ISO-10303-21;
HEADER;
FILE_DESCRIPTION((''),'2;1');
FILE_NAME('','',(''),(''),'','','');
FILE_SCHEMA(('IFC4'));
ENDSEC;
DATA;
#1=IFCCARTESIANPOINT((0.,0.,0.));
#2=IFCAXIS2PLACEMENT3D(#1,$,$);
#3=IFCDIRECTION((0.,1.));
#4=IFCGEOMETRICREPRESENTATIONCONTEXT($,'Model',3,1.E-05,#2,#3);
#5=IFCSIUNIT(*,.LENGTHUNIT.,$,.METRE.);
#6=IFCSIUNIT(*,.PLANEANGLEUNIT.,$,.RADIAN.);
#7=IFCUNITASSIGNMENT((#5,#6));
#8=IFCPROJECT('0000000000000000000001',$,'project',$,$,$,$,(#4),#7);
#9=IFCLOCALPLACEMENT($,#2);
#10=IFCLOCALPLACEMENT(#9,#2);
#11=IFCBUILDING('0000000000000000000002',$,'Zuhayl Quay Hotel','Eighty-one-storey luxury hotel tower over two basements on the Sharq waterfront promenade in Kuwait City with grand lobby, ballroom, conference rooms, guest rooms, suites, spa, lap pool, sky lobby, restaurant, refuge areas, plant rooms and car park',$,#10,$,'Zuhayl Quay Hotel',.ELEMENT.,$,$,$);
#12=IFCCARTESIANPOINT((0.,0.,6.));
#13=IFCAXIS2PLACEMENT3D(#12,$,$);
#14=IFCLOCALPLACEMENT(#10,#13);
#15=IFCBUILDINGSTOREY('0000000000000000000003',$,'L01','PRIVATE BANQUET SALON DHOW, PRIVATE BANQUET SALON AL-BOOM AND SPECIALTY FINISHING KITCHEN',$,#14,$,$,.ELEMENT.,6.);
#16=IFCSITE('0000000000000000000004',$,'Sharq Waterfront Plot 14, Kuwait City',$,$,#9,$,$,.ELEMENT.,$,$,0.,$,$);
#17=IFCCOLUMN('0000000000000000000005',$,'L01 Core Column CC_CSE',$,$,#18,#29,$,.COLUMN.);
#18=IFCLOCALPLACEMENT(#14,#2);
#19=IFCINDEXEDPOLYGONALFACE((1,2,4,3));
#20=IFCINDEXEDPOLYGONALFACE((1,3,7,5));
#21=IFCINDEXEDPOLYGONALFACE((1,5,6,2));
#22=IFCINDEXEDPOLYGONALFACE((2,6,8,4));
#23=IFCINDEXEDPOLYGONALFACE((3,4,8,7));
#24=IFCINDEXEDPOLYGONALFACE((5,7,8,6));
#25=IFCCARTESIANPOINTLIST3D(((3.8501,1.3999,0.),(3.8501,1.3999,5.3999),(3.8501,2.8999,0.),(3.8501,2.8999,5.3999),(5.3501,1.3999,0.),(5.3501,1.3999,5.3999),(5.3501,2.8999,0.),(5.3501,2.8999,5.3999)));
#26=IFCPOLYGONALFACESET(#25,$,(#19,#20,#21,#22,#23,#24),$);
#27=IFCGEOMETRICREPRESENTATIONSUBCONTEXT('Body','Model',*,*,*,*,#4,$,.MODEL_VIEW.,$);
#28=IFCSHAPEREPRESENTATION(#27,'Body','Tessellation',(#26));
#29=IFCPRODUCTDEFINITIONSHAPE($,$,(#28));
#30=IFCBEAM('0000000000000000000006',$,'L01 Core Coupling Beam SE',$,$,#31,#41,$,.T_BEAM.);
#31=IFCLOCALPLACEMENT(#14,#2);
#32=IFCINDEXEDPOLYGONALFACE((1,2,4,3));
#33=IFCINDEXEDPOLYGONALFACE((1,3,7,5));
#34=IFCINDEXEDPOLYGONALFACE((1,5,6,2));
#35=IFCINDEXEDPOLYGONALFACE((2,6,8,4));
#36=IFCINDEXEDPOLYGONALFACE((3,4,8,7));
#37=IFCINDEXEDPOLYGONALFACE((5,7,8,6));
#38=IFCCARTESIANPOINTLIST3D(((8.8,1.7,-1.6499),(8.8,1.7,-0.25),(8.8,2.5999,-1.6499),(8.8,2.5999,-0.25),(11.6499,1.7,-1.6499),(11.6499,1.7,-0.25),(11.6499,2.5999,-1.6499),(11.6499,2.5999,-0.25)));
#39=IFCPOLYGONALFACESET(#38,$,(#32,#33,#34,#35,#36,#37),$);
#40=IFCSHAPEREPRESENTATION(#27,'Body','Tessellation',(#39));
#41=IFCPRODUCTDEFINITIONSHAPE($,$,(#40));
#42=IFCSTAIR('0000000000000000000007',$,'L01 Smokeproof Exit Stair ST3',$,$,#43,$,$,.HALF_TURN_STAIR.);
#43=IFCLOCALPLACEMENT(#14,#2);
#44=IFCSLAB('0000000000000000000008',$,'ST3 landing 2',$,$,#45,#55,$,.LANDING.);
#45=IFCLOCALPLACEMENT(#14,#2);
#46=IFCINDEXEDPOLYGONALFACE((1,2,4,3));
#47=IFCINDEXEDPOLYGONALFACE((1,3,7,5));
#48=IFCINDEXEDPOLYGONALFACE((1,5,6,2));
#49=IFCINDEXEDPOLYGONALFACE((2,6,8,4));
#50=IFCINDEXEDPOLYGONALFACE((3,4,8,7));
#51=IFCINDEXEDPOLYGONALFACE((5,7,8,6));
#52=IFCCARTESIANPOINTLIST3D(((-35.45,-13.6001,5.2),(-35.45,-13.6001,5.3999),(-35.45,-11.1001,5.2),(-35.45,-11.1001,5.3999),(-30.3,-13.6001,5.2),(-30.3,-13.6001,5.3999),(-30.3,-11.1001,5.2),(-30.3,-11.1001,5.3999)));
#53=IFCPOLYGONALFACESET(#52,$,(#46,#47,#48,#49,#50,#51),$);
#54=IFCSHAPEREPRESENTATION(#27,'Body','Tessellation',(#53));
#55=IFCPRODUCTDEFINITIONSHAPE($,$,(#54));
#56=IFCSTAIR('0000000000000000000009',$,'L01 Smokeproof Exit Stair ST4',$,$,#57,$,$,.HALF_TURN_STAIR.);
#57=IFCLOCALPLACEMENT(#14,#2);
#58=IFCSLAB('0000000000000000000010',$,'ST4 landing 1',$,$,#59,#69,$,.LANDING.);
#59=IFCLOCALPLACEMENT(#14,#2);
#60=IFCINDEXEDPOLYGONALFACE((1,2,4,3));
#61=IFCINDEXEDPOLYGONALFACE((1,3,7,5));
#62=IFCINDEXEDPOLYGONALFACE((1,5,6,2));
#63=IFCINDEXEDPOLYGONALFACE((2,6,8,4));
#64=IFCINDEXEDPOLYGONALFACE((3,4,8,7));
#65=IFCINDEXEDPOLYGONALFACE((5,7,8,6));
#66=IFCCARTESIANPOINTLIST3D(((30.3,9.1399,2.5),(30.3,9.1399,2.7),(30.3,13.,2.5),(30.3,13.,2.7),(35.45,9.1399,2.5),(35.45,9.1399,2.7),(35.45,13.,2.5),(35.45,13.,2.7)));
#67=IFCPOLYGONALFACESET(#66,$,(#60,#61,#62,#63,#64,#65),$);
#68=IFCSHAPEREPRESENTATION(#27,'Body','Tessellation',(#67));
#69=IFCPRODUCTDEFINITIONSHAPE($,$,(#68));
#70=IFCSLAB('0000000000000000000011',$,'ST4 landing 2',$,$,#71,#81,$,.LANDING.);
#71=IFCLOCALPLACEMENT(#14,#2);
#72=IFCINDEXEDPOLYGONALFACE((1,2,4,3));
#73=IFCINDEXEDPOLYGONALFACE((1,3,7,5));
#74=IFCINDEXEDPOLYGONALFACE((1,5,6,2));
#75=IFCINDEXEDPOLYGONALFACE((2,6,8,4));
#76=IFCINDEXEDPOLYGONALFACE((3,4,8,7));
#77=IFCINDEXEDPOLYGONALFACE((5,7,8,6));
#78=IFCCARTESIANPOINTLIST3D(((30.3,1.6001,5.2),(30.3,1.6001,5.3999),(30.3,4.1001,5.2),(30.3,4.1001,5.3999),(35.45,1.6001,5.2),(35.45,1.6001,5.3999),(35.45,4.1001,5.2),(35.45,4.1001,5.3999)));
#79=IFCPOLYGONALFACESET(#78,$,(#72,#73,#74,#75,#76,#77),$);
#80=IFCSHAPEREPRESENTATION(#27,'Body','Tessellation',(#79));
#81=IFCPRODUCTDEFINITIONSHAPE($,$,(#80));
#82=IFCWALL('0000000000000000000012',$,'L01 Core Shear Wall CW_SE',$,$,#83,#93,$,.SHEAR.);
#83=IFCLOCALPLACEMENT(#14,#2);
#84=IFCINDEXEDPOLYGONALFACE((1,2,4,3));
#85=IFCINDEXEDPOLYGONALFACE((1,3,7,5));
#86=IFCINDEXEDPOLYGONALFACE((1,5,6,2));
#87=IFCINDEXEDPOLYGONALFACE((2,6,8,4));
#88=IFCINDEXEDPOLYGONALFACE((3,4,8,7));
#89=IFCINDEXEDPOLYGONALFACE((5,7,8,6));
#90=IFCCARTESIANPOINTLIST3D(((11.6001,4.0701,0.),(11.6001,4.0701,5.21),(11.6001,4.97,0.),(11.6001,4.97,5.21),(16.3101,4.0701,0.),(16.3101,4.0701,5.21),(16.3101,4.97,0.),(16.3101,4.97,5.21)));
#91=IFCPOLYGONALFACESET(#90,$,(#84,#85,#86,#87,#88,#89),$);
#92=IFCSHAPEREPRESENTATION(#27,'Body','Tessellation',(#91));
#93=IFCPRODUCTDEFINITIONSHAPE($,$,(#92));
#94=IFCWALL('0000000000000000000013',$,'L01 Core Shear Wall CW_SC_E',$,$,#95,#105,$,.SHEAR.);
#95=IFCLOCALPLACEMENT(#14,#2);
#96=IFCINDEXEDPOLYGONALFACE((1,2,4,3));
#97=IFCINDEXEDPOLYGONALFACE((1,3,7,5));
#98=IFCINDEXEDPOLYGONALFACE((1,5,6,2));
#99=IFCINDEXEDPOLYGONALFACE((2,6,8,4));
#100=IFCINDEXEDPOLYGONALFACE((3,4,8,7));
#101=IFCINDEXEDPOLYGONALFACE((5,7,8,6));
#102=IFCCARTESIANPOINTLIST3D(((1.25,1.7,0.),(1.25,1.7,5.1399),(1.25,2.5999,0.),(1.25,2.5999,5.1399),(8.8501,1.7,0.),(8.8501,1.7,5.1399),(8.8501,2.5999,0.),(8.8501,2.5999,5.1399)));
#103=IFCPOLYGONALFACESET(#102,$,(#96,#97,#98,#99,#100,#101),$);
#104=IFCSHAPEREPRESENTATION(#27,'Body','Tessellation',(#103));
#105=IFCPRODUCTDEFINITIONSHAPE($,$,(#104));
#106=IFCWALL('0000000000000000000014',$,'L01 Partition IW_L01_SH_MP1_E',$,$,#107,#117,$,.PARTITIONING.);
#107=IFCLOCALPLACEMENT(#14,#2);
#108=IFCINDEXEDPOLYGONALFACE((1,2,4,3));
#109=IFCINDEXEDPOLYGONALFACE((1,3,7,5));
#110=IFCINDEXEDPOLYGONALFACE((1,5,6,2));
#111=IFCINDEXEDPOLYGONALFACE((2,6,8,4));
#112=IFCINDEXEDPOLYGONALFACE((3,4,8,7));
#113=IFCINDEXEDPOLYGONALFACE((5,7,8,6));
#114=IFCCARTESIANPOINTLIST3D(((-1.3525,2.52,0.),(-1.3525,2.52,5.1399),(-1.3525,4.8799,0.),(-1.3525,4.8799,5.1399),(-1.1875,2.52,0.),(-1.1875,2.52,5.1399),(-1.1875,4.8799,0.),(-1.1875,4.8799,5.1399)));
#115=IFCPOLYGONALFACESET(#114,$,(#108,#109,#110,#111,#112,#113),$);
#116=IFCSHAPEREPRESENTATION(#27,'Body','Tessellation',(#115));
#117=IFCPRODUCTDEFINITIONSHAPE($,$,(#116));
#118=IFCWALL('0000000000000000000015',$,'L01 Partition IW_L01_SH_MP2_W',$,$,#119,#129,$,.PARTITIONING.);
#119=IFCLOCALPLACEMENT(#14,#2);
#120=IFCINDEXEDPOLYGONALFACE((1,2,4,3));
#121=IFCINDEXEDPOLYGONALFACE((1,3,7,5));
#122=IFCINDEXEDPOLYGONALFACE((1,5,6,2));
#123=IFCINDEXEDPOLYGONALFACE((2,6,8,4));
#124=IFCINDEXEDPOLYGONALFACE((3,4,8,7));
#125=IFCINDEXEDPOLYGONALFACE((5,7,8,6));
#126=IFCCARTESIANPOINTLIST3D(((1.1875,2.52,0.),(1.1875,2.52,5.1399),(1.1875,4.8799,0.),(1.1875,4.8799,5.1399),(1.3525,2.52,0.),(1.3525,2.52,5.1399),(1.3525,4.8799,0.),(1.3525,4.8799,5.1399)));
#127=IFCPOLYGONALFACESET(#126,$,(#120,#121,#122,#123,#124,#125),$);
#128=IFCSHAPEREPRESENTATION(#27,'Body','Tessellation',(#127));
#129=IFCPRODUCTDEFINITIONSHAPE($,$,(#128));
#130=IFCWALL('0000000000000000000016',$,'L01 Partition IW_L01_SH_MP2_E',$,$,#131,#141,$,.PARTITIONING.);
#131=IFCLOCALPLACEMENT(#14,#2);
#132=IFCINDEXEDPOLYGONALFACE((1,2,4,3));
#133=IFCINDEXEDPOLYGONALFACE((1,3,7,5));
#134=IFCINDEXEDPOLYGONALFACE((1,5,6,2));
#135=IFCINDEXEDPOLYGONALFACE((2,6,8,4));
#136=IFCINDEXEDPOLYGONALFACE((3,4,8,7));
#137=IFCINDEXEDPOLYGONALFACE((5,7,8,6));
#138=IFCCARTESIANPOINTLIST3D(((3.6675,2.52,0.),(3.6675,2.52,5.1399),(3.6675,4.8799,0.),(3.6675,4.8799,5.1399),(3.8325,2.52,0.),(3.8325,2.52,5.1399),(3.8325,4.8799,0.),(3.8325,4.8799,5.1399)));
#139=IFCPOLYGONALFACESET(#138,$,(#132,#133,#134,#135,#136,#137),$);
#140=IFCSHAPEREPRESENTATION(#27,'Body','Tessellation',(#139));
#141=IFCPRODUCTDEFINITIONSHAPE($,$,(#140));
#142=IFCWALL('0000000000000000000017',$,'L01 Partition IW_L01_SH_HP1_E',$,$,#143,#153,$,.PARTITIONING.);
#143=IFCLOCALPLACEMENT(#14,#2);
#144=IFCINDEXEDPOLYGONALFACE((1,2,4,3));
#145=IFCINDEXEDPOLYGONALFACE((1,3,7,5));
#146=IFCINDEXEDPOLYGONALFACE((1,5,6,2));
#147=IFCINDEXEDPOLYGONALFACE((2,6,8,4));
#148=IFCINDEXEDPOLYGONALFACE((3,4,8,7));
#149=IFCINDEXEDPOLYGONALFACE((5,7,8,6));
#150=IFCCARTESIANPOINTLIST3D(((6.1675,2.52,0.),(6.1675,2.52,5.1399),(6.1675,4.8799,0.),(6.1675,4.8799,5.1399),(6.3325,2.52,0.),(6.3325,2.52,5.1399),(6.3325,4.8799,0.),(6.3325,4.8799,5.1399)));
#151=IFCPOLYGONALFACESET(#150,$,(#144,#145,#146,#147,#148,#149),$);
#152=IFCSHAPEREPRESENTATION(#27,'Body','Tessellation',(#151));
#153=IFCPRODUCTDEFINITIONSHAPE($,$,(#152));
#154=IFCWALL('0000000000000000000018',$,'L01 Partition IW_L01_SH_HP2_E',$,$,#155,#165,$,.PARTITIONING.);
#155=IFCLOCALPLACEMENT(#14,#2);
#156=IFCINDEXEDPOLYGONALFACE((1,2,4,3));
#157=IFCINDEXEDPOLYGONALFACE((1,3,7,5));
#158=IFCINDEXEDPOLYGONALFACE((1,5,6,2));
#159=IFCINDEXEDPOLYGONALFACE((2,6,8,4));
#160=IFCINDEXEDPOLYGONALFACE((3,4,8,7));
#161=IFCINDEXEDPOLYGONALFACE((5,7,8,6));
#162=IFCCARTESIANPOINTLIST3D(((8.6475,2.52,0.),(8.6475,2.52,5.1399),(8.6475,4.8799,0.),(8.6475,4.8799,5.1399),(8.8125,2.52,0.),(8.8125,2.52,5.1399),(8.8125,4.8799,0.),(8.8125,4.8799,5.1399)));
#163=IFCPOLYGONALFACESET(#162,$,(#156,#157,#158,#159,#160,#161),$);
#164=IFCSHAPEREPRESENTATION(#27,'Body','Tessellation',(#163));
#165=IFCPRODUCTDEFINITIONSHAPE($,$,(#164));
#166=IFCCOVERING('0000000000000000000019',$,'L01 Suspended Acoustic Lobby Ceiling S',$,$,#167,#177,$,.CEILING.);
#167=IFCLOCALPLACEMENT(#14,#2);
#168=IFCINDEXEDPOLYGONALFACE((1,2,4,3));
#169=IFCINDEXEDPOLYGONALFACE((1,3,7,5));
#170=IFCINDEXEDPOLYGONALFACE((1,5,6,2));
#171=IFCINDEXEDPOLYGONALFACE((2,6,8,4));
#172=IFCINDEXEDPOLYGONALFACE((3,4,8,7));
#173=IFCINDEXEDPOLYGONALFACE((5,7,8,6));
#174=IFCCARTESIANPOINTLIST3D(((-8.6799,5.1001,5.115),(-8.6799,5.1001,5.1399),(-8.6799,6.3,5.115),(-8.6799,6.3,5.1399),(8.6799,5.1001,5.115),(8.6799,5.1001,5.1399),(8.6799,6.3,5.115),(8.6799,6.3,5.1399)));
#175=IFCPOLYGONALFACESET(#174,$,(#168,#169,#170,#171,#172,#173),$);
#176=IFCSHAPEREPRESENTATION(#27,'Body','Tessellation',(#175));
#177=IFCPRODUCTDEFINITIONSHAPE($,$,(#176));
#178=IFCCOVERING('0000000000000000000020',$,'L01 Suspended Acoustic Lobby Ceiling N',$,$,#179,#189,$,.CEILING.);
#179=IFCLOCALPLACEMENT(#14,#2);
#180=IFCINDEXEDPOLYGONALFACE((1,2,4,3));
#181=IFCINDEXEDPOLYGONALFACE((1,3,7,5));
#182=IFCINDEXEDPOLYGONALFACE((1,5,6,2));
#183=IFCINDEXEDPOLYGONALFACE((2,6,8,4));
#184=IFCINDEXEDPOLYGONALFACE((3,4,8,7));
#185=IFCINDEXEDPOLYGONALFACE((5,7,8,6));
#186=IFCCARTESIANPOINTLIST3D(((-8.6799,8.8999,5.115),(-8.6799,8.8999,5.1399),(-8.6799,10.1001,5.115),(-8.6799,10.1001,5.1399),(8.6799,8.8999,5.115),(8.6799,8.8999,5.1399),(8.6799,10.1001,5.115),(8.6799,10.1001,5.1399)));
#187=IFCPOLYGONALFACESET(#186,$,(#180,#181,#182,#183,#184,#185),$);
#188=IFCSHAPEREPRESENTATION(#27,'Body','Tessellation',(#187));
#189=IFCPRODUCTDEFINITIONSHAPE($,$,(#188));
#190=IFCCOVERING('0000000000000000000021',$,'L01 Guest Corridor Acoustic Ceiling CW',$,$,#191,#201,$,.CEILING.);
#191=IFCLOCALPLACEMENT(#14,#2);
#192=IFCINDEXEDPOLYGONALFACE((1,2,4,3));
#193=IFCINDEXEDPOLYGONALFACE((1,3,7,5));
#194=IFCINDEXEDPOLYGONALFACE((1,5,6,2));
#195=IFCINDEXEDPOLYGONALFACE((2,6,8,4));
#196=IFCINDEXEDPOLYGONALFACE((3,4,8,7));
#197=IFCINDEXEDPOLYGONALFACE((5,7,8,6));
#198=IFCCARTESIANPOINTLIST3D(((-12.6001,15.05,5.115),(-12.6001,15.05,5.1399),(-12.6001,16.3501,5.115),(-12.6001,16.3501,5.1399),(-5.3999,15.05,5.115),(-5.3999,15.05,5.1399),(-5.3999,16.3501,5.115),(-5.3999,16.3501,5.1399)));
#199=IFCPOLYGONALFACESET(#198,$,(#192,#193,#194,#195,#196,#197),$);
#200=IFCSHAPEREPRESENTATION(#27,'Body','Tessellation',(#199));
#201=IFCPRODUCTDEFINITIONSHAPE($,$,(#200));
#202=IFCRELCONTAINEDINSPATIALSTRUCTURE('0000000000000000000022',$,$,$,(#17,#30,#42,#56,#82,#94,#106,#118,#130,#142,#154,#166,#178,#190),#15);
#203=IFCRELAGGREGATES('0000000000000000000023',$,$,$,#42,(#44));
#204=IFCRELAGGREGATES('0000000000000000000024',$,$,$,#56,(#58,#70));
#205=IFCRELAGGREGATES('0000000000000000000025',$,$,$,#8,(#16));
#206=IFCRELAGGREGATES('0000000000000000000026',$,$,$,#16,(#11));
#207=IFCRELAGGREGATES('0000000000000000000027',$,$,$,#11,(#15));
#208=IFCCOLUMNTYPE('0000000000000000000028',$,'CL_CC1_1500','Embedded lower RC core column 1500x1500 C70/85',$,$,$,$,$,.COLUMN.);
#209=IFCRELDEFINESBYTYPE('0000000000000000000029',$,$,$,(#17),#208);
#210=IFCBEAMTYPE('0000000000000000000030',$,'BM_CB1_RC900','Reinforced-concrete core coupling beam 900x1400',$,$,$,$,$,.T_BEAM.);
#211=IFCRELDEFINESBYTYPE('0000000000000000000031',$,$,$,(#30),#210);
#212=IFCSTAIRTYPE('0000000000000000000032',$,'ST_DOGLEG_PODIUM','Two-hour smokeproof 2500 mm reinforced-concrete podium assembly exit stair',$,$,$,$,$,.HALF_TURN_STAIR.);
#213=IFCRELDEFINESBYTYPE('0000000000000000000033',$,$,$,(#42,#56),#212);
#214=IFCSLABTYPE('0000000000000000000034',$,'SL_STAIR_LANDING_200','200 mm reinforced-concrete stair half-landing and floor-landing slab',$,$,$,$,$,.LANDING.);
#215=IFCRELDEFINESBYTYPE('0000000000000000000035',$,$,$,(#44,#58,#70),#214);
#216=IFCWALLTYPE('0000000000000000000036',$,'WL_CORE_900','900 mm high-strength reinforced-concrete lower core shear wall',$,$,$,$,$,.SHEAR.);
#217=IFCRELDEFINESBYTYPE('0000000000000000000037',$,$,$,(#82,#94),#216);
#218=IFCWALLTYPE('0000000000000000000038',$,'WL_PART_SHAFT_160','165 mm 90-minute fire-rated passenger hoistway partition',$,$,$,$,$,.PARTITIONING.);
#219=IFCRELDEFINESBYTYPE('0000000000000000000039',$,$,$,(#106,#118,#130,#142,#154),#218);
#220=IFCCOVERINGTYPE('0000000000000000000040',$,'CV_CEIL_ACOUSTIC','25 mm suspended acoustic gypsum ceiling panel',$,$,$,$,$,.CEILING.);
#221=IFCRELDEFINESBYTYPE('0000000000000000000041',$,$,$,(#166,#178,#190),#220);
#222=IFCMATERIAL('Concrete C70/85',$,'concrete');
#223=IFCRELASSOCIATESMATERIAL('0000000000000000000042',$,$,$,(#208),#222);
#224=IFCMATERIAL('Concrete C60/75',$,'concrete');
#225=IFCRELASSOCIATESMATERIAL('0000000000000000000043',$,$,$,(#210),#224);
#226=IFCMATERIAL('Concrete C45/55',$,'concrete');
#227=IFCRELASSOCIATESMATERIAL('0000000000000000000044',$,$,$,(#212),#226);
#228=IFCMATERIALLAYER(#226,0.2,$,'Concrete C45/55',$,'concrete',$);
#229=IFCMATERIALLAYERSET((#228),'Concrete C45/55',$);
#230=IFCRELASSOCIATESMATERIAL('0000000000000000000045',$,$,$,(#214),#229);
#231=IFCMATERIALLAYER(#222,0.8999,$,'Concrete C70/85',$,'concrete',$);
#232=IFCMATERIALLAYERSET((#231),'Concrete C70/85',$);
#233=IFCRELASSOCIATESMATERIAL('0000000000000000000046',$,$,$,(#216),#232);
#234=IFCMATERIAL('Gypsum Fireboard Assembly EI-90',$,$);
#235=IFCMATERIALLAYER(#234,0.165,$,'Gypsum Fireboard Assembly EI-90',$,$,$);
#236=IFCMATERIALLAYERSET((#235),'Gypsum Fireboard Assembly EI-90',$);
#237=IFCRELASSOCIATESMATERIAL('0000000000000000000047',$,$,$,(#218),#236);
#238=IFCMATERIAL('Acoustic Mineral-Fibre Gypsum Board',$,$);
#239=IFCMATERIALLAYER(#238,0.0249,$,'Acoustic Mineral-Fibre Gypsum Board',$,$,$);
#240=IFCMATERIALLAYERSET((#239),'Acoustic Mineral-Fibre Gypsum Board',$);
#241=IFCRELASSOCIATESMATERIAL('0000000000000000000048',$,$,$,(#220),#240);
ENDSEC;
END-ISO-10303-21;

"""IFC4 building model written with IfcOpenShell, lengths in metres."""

from ifc_helpers import new_model, si_unit, direction, frame, frame_2d, origin, origin_2d, place, context, subcontext, project, spatial, polyline, rectangle, outline, extrude, material, layer, layer_set, material_profile, profile_set, type_object, element, aggregate, save


model = new_model("IFC4")

# Units and contexts
model_context = context("Model", 3, precision=1e-05, world=origin(), true_north=direction((0.0, 1.0)))
body_context = subcontext(model_context, "Body", "Model", "MODEL_VIEW")
ifc_project = project(units=[si_unit("LENGTHUNIT", "METRE"), si_unit("PLANEANGLEUNIT", "RADIAN")], contexts=[model_context])

# Site, building, storey
site_placement = place(None, origin())
site = spatial("IfcSite", under=ifc_project, at=site_placement, Name="Sharq Waterfront Plot 14, Kuwait City", CompositionType="ELEMENT", RefElevation=0.0)
building_placement = place(site_placement, origin())
building = spatial("IfcBuilding", under=site, at=building_placement, Name="Zuhayl Quay Hotel", Description="Eighty-one-storey luxury hotel tower over two basements on the Sharq waterfront promenade in Kuwait City with grand lobby, ballroom, conference rooms, guest rooms, suites, spa, lap pool, sky lobby, restaurant, refuge areas, plant rooms and car park", LongName="Zuhayl Quay Hotel", CompositionType="ELEMENT")
storey_placement = place(building_placement, frame((0.0, 0.0, 6.0)))
storey = spatial("IfcBuildingStorey", under=building, at=storey_placement, Name="L01", Description="PRIVATE BANQUET SALON DHOW, PRIVATE BANQUET SALON AL-BOOM AND SPECIALTY FINISHING KITCHEN", CompositionType="ELEMENT", Elevation=6.0)

# Column
ifc_material_1 = material(Name="Concrete C70/85", Category="concrete")
ifc_material_profile_1 = material_profile(ifc_material_1, rectangle(XDim=1.5, YDim=1.5, at=origin_2d()), Name="RC1500X1500")
ifc_profile_set_1 = profile_set([ifc_material_profile_1], Name="Concrete C70/85")
column_type = type_object("IfcColumnType", Name="CL_CC1_1500", Description="Embedded lower RC core column 1500x1500 C70/85", PredefinedType="COLUMN", material=ifc_profile_set_1)
column_placement = place(storey_placement, frame((4.6001, 2.1499, 0.0), z_axis=(0.0, 0.0, 1.0), x_axis=(1.0, 0.0, 0.0)))
element("IfcColumn", 1, at=column_placement, inside=storey, type_object=column_type, Name="L01 Core Column CC_CSE", PredefinedType="COLUMN", context=body_context, shape_type="SweptSolid", body=[
    extrude(rectangle(XDim=1.5, YDim=1.5, at=origin_2d()), origin(), (0.0, 0.0, 1.0), 5.3999),
])

# Beam
ifc_material_2 = material(Name="Concrete C60/75", Category="concrete")
ifc_material_profile_2 = material_profile(ifc_material_2, rectangle(XDim=0.8999, YDim=1.3999, at=origin_2d()), Name="RC900X1400")
ifc_profile_set_2 = profile_set([ifc_material_profile_2], Name="Concrete C60/75")
beam_type = type_object("IfcBeamType", Name="BM_CB1_RC900", Description="Reinforced-concrete core coupling beam 900x1400", PredefinedType="T_BEAM", material=ifc_profile_set_2)
beam_placement = place(storey_placement, frame((8.8, 2.1499, -0.95), z_axis=(1.0, 0.0, 0.0), x_axis=(0.0, 1.0, 0.0)))
element("IfcBeam", 2, at=beam_placement, inside=storey, type_object=beam_type, Name="L01 Core Coupling Beam SE", PredefinedType="T_BEAM", context=body_context, shape_type="SweptSolid", body=[
    extrude(rectangle(XDim=0.8999, YDim=1.3999, at=origin_2d()), origin(), (0.0, 0.0, 1.0), 2.8499),
])

# Stair, slab
ifc_material_3 = material(Name="Concrete C45/55", Category="concrete")
stair_type = type_object("IfcStairType", Name="ST_DOGLEG_PODIUM", Description="Two-hour smokeproof 2500 mm reinforced-concrete podium assembly exit stair", PredefinedType="HALF_TURN_STAIR", material=ifc_material_3)
stair_1_placement = place(storey_placement, origin())
stair_1 = element("IfcStair", 3, at=stair_1_placement, inside=storey, type_object=stair_type, Name="L01 Smokeproof Exit Stair ST3", PredefinedType="HALF_TURN_STAIR")
ifc_layer_1 = layer(ifc_material_3, 0.2, Name="Concrete C45/55", Category="concrete")
ifc_layer_set_1 = layer_set([ifc_layer_1], Name="Concrete C45/55")
slab_type = type_object("IfcSlabType", Name="SL_STAIR_LANDING_200", Description="200 mm reinforced-concrete stair half-landing and floor-landing slab", PredefinedType="LANDING", material=ifc_layer_set_1)
slab_1_placement = place(storey_placement, frame((0.0, 0.0, 5.2)))
slab_1 = element("IfcSlab", 4, at=slab_1_placement, type_object=slab_type, Name="ST3 landing 2", PredefinedType="LANDING", context=body_context, shape_type="SweptSolid", body=[
    extrude(outline(polyline([(-30.3, -13.6001), (-30.3, -11.1001), (-35.45, -11.1001), (-35.45, -13.6001), (-30.3, -13.6001)])), origin(), (0.0, 0.0, 1.0), 0.2),
])
aggregate(stair_1, [slab_1])

# Stair, slabs
stair_2_placement = place(storey_placement, origin())
stair_2 = element("IfcStair", 5, at=stair_2_placement, inside=storey, type_object=stair_type, Name="L01 Smokeproof Exit Stair ST4", PredefinedType="HALF_TURN_STAIR")
slab_2_placement = place(storey_placement, frame((0.0, 0.0, 2.5)))
slab_2 = element("IfcSlab", 6, at=slab_2_placement, type_object=slab_type, Name="ST4 landing 1", PredefinedType="LANDING", context=body_context, shape_type="SweptSolid", body=[
    extrude(outline(polyline([(35.45, 9.1399), (35.45, 13.0), (30.3, 13.0), (30.3, 9.1399), (35.45, 9.1399)])), origin(), (0.0, 0.0, 1.0), 0.2),
])
slab_3_placement = place(storey_placement, frame((0.0, 0.0, 5.2)))
slab_3 = element("IfcSlab", 7, at=slab_3_placement, type_object=slab_type, Name="ST4 landing 2", PredefinedType="LANDING", context=body_context, shape_type="SweptSolid", body=[
    extrude(outline(polyline([(35.45, 1.6001), (35.45, 4.1001), (30.3, 4.1001), (30.3, 1.6001), (35.45, 1.6001)])), origin(), (0.0, 0.0, 1.0), 0.2),
])
aggregate(stair_2, [slab_2, slab_3])

# Walls
ifc_layer_2 = layer(ifc_material_1, 0.8999, Name="Concrete C70/85", Category="concrete")
ifc_layer_set_2 = layer_set([ifc_layer_2], Name="Concrete C70/85")
wall_type_1 = type_object("IfcWallType", Name="WL_CORE_900", Description="900 mm high-strength reinforced-concrete lower core shear wall", PredefinedType="SHEAR", material=ifc_layer_set_2)
wall_1_placement = place(storey_placement, frame((11.6001, 4.52, 0.0), z_axis=(0.0, 0.0, 1.0), x_axis=(1.0, 0.0, 0.0)))
element("IfcWall", 8, at=wall_1_placement, inside=storey, type_object=wall_type_1, Name="L01 Core Shear Wall CW_SE", PredefinedType="SHEAR", context=body_context, shape_type="SweptSolid", body=[
    extrude(rectangle(XDim=4.71, YDim=0.8999, at=frame_2d((2.355, 0.0))), origin(), (0.0, 0.0, 1.0), 5.21),
])
wall_2_placement = place(storey_placement, frame((1.25, 2.1499, 0.0), z_axis=(0.0, 0.0, 1.0), x_axis=(1.0, 0.0, 0.0)))
element("IfcWall", 9, at=wall_2_placement, inside=storey, type_object=wall_type_1, Name="L01 Core Shear Wall CW_SC_E", PredefinedType="SHEAR", context=body_context, shape_type="SweptSolid", body=[
    extrude(rectangle(XDim=7.6001, YDim=0.8999, at=frame_2d((3.8, 0.0))), origin(), (0.0, 0.0, 1.0), 5.1399),
])
ifc_material_4 = material(Name="Gypsum Fireboard Assembly EI-90")
ifc_layer_3 = layer(ifc_material_4, 0.165, Name="Gypsum Fireboard Assembly EI-90")
ifc_layer_set_3 = layer_set([ifc_layer_3], Name="Gypsum Fireboard Assembly EI-90")
wall_type_2 = type_object("IfcWallType", Name="WL_PART_SHAFT_160", Description="165 mm 90-minute fire-rated passenger hoistway partition", PredefinedType="PARTITIONING", material=ifc_layer_set_3)
for number, where, z_axis, x_axis, name in (
    (10, (-1.27, 2.52, 0.0), (0.0, 0.0, 1.0), (0.0, 1.0, 0.0), "L01 Partition IW_L01_SH_MP1_E"),
    (11, (1.27, 2.52, 0.0), (0.0, 0.0, 1.0), (0.0, 1.0, 0.0), "L01 Partition IW_L01_SH_MP2_W"),
    (12, (3.75, 2.52, 0.0), (0.0, 0.0, 1.0), (0.0, 1.0, 0.0), "L01 Partition IW_L01_SH_MP2_E"),
    (13, (6.25, 2.52, 0.0), (0.0, 0.0, 1.0), (0.0, 1.0, 0.0), "L01 Partition IW_L01_SH_HP1_E"),
    (14, (8.73, 2.52, 0.0), (0.0, 0.0, 1.0), (0.0, 1.0, 0.0), "L01 Partition IW_L01_SH_HP2_E"),
):
    element("IfcWall", number, at=place(storey_placement, frame(where, z_axis=z_axis, x_axis=x_axis)), inside=storey, type_object=wall_type_2, Name=name, PredefinedType="PARTITIONING", context=body_context, shape_type="SweptSolid", body=[
        extrude(rectangle(XDim=2.3599, YDim=0.165, at=frame_2d((1.1799, 0.0))), origin(), (0.0, 0.0, 1.0), 5.1399),
    ])

# Coverings
ifc_material_5 = material(Name="Acoustic Mineral-Fibre Gypsum Board")
ifc_layer_4 = layer(ifc_material_5, 0.0249, Name="Acoustic Mineral-Fibre Gypsum Board")
ifc_layer_set_4 = layer_set([ifc_layer_4], Name="Acoustic Mineral-Fibre Gypsum Board")
covering_type_1 = type_object("IfcCoveringType", Name="CV_CEIL_ACOUSTIC", Description="25 mm suspended acoustic gypsum ceiling panel", PredefinedType="CEILING", material=ifc_layer_set_4)
covering_1_placement = place(storey_placement, frame((0.0, 0.0, 5.115)))
element("IfcCovering", 15, at=covering_1_placement, inside=storey, type_object=covering_type_1, Name="L01 Suspended Acoustic Lobby Ceiling S", PredefinedType="CEILING", context=body_context, shape_type="SweptSolid", body=[
    extrude(outline(polyline([(-8.6799, 5.1001), (8.6799, 5.1001), (8.6799, 6.3), (-8.6799, 6.3), (-8.6799, 5.1001)])), origin(), (0.0, 0.0, 1.0), 0.0249),
])
covering_2_placement = place(storey_placement, frame((0.0, 0.0, 5.115)))
element("IfcCovering", 16, at=covering_2_placement, inside=storey, type_object=covering_type_1, Name="L01 Suspended Acoustic Lobby Ceiling N", PredefinedType="CEILING", context=body_context, shape_type="SweptSolid", body=[
    extrude(outline(polyline([(-8.6799, 8.8999), (8.6799, 8.8999), (8.6799, 10.1001), (-8.6799, 10.1001), (-8.6799, 8.8999)])), origin(), (0.0, 0.0, 1.0), 0.0249),
])
covering_3_placement = place(storey_placement, frame((0.0, 0.0, 5.115)))
element("IfcCovering", 17, at=covering_3_placement, inside=storey, type_object=covering_type_1, Name="L01 Guest Corridor Acoustic Ceiling CW", PredefinedType="CEILING", context=body_context, shape_type="SweptSolid", body=[
    extrude(outline(polyline([(-12.6001, 15.05), (-5.3999, 15.05), (-5.3999, 16.3501), (-12.6001, 16.3501), (-12.6001, 15.05)])), origin(), (0.0, 0.0, 1.0), 0.0249),
])

save(model, "model.ifc")
